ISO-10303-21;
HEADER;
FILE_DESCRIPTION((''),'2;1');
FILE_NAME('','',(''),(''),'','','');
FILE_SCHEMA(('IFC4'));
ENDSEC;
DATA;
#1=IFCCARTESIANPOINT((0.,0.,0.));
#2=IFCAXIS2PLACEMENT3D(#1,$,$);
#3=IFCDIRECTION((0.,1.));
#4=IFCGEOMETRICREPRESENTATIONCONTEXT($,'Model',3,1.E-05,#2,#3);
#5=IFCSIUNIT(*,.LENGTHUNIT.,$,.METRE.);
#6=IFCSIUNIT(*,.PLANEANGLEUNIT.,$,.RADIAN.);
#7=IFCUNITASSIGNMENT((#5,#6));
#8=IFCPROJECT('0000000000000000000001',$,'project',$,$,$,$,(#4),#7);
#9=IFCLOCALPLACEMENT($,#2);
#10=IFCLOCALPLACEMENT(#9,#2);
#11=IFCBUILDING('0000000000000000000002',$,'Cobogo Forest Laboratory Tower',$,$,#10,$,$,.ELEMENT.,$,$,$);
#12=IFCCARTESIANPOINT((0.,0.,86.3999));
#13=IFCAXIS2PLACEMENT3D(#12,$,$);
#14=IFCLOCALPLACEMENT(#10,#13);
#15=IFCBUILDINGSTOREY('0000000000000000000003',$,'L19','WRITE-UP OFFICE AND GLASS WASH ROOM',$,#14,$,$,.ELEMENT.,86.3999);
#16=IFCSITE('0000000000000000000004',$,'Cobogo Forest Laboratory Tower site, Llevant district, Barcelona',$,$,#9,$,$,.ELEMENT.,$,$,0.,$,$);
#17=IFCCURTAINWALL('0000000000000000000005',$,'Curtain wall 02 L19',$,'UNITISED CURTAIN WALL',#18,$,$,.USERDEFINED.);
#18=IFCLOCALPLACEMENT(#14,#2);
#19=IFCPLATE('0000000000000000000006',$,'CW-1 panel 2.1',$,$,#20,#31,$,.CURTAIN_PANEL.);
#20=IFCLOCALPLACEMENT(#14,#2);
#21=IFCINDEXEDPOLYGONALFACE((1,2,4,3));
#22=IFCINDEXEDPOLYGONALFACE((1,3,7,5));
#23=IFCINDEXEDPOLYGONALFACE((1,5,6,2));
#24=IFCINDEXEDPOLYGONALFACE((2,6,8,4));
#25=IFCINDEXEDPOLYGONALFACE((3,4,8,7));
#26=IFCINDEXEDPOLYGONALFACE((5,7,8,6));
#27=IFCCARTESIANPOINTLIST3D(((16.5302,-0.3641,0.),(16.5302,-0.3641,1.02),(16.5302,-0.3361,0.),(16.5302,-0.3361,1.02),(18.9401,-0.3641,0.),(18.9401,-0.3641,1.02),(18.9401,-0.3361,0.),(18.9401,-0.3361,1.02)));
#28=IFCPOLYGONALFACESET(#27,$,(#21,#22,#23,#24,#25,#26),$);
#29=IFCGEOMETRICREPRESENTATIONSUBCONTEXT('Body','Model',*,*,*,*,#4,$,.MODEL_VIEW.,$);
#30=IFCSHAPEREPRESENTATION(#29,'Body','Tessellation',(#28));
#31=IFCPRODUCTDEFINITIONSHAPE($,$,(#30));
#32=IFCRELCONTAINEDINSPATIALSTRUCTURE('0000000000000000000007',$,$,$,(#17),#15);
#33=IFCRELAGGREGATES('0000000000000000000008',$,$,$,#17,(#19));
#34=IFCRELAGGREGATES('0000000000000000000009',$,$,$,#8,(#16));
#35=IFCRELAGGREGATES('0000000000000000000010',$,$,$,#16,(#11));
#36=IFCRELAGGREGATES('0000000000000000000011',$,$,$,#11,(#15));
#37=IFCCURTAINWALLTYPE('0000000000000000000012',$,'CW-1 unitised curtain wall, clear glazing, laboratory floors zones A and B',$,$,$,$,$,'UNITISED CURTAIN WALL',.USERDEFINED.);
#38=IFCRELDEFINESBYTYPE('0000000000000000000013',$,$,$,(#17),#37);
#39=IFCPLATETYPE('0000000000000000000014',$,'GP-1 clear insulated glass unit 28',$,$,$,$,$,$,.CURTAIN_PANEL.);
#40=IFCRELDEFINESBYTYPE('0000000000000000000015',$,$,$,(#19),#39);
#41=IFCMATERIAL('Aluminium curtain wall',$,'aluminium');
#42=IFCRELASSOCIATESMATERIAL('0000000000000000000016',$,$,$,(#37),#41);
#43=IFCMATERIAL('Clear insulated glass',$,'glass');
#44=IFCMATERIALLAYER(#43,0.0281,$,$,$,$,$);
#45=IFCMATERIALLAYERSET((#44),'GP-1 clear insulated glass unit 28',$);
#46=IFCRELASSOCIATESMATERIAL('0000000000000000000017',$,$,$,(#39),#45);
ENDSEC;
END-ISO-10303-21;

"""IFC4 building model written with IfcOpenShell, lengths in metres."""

from ifc_helpers import new_model, si_unit, direction, frame, origin, origin_2d, place, context, subcontext, project, spatial, rectangle, extrude, material, layer, layer_set, type_object, element, aggregate, save


model = new_model("IFC4")

# Units and contexts
model_context = context("Model", 3, precision=1e-05, world=origin(), true_north=direction((0.0, 1.0)))
body_context = subcontext(model_context, "Body", "Model", "MODEL_VIEW")
ifc_project = project(units=[si_unit("LENGTHUNIT", "METRE"), si_unit("PLANEANGLEUNIT", "RADIAN")], contexts=[model_context])

# Site, building, storey
site_placement = place(None, origin())
site = spatial("IfcSite", under=ifc_project, at=site_placement, Name="Cobogo Forest Laboratory Tower site, Llevant district, Barcelona", CompositionType="ELEMENT", RefElevation=0.0)
building_placement = place(site_placement, origin())
building = spatial("IfcBuilding", under=site, at=building_placement, Name="Cobogo Forest Laboratory Tower", CompositionType="ELEMENT")
storey_placement = place(building_placement, frame((0.0, 0.0, 86.3999)))
storey = spatial("IfcBuildingStorey", under=building, at=storey_placement, Name="L19", Description="WRITE-UP OFFICE AND GLASS WASH ROOM", CompositionType="ELEMENT", Elevation=86.3999)

# Curtain wall
ifc_material_1 = material(Name="Aluminium curtain wall", Category="aluminium")
curtain_wall_type = type_object("IfcCurtainWallType", Name="CW-1 unitised curtain wall, clear glazing, laboratory floors zones A and B", ElementType="UNITISED CURTAIN WALL", PredefinedType="USERDEFINED", material=ifc_material_1)
curtain_wall_1_placement = place(storey_placement, origin())
curtain_wall_1 = element("IfcCurtainWall", 1, at=curtain_wall_1_placement, inside=storey, type_object=curtain_wall_type, Name="Curtain wall 02 L19", ObjectType="UNITISED CURTAIN WALL", PredefinedType="USERDEFINED")

# Plate
ifc_material_2 = material(Name="Clear insulated glass", Category="glass")
ifc_layer = layer(ifc_material_2, 0.0281)
ifc_layer_set = layer_set([ifc_layer], Name="GP-1 clear insulated glass unit 28")
plate_type_1 = type_object("IfcPlateType", Name="GP-1 clear insulated glass unit 28", PredefinedType="CURTAIN_PANEL", material=ifc_layer_set)
plate_1_placement = place(storey_placement, frame((17.7351, -0.3501, 0.0), z_axis=(0.0, 0.0, 1.0), x_axis=(1.0, 0.0, 0.0)))
plate_1 = element("IfcPlate", 2, at=plate_1_placement, type_object=plate_type_1, Name="CW-1 panel 2.1", PredefinedType="CURTAIN_PANEL", context=body_context, shape_type="SweptSolid", body=[
    extrude(rectangle(XDim=2.4099, YDim=0.0281, at=origin_2d()), origin(), (0.0, 0.0, 1.0), 1.02),
])
aggregate(curtain_wall_1, [plate_1])

save(model, "model.ifc")
